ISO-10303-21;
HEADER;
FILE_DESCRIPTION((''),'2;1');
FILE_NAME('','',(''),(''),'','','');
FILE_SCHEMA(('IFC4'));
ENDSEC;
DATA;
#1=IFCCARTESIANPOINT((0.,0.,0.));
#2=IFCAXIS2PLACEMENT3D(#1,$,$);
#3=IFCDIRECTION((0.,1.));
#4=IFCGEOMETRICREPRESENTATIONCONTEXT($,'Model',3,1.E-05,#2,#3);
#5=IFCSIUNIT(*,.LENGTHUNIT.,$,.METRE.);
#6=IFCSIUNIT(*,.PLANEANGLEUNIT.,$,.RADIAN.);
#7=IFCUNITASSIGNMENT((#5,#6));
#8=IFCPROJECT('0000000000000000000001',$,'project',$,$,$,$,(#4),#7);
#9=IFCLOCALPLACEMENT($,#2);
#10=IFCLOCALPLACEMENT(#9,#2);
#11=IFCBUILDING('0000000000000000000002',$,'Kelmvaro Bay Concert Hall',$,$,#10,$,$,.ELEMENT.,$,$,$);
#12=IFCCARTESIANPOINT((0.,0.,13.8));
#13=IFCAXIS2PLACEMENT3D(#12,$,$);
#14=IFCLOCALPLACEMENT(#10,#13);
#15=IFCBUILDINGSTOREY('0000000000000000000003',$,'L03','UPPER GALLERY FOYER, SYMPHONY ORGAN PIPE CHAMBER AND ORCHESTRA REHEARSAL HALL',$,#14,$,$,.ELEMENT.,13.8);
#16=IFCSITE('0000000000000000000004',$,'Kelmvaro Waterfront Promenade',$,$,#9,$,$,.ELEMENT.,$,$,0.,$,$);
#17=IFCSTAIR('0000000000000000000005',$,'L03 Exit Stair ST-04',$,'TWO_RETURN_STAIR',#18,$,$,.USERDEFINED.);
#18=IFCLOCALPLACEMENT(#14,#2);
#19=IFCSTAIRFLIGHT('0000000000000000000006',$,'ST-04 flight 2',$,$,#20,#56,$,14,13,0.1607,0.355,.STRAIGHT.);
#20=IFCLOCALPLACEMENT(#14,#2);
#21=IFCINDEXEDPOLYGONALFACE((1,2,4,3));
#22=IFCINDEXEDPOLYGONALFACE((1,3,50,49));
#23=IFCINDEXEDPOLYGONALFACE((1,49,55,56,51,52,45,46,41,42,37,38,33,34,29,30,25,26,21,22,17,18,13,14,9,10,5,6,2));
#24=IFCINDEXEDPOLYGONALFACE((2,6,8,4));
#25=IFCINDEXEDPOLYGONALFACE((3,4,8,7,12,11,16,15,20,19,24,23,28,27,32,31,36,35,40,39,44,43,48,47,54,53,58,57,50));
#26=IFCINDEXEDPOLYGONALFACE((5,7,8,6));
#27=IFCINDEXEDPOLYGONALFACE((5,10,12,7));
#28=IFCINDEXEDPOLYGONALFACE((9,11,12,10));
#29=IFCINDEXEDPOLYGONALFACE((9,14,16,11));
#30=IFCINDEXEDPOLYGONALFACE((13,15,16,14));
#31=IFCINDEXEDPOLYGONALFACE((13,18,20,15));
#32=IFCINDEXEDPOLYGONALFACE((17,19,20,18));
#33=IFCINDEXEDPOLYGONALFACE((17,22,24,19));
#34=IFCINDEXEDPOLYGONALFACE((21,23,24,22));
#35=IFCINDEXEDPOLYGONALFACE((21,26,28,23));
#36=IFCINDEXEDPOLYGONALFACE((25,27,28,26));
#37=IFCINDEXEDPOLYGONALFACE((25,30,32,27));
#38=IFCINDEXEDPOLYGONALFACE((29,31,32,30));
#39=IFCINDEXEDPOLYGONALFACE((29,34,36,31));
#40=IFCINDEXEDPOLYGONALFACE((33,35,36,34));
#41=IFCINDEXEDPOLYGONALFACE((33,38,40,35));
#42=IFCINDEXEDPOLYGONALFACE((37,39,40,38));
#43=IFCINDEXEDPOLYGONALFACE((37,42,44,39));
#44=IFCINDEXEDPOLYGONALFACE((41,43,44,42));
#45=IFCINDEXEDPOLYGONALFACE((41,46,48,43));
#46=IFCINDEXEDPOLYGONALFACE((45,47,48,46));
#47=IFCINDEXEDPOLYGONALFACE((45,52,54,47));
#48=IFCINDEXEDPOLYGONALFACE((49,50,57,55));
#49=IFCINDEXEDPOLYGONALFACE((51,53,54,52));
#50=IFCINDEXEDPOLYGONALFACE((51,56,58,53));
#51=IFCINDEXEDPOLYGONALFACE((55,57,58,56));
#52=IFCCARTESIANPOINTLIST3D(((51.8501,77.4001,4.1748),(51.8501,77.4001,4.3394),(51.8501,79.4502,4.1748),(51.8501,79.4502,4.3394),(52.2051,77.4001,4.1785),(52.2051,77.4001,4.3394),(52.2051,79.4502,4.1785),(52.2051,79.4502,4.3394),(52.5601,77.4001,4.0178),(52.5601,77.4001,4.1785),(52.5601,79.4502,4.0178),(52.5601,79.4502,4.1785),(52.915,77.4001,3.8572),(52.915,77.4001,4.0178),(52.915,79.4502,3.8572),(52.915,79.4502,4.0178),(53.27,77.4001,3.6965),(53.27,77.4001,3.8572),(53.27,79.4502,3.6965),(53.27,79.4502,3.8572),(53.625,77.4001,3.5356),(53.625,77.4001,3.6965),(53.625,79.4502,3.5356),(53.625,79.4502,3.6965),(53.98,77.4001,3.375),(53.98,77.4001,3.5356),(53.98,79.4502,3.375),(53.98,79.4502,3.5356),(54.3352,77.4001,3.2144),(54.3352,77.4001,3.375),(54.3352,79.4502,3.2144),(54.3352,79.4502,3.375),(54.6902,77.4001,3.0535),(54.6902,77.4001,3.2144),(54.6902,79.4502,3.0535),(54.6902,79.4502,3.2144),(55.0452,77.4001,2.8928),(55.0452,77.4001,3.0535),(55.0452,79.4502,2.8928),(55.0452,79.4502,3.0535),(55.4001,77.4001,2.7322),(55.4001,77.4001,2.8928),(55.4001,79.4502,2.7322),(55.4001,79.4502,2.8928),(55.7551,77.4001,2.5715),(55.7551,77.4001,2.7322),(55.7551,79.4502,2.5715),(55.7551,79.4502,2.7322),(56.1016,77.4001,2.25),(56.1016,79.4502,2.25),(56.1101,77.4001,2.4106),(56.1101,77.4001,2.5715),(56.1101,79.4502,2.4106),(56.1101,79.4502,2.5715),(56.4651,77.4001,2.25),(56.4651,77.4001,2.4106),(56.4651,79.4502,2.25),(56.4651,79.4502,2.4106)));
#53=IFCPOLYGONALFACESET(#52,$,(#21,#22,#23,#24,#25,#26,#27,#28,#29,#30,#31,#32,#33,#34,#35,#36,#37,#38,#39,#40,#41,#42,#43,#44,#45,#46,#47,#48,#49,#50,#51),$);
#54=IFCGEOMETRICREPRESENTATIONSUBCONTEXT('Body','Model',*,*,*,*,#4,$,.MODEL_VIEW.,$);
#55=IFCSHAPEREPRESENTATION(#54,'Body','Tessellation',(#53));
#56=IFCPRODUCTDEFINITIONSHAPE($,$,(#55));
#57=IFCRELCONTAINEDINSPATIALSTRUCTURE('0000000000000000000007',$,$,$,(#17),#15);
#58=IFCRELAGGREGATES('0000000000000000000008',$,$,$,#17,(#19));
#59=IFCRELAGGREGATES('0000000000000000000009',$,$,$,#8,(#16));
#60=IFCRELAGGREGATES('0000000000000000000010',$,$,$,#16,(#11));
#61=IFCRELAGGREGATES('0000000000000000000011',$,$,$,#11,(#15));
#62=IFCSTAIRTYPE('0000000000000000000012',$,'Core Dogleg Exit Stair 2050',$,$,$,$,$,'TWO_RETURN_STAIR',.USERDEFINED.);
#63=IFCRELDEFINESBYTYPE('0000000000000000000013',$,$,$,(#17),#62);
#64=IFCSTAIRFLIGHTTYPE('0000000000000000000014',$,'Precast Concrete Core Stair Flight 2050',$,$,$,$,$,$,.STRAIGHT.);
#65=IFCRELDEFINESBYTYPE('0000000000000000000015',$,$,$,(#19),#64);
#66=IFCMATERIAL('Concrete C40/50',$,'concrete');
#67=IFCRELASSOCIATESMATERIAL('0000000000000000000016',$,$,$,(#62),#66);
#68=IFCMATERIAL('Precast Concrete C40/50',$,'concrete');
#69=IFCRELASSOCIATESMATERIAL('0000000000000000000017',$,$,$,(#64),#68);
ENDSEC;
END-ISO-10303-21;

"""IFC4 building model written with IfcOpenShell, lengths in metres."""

from ifc_helpers import new_model, si_unit, direction, frame, origin, place, context, subcontext, project, spatial, polyline, outline, extrude, material, type_object, element, aggregate, save


model = new_model("IFC4")

# Units and contexts
model_context = context("Model", 3, precision=1e-05, world=origin(), true_north=direction((0.0, 1.0)))
body_context = subcontext(model_context, "Body", "Model", "MODEL_VIEW")
ifc_project = project(units=[si_unit("LENGTHUNIT", "METRE"), si_unit("PLANEANGLEUNIT", "RADIAN")], contexts=[model_context])

# Site, building, storey
site_placement = place(None, origin())
site = spatial("IfcSite", under=ifc_project, at=site_placement, Name="Kelmvaro Waterfront Promenade", CompositionType="ELEMENT", RefElevation=0.0)
building_placement = place(site_placement, origin())
building = spatial("IfcBuilding", under=site, at=building_placement, Name="Kelmvaro Bay Concert Hall", CompositionType="ELEMENT")
storey_placement = place(building_placement, frame((0.0, 0.0, 13.8)))
storey = spatial("IfcBuildingStorey", under=building, at=storey_placement, Name="L03", Description="UPPER GALLERY FOYER, SYMPHONY ORGAN PIPE CHAMBER AND ORCHESTRA REHEARSAL HALL", CompositionType="ELEMENT", Elevation=13.8)

# Stair, stair flight
ifc_material_1 = material(Name="Concrete C40/50", Category="concrete")
stair_type = type_object("IfcStairType", Name="Core Dogleg Exit Stair 2050", ElementType="TWO_RETURN_STAIR", PredefinedType="USERDEFINED", material=ifc_material_1)
stair_placement = place(storey_placement, origin())
stair = element("IfcStair", 1, at=stair_placement, inside=storey, type_object=stair_type, Name="L03 Exit Stair ST-04", ObjectType="TWO_RETURN_STAIR", PredefinedType="USERDEFINED")
ifc_material_2 = material(Name="Precast Concrete C40/50", Category="concrete")
stair_flight_type = type_object("IfcStairFlightType", Name="Precast Concrete Core Stair Flight 2050", PredefinedType="STRAIGHT", material=ifc_material_2)
stair_flight_1_placement = place(storey_placement, frame((56.4651, 78.425, 2.25), z_axis=(0.0, 0.0, 1.0), x_axis=(-1.0, 0.0, 0.0)))
stair_flight_1 = element("IfcStairFlight", 2, at=stair_flight_1_placement, type_object=stair_flight_type, Name="ST-04 flight 2", NumberOfRisers=14, NumberOfTreads=13, PredefinedType="STRAIGHT", RiserHeight=0.1607, TreadLength=0.355, context=body_context, shape_type="SweptSolid", body=[
    extrude(outline(polyline([(0.0, 0.0), (0.0, 0.1606), (0.355, 0.1606), (0.355, 0.3215), (0.71, 0.3215), (0.71, 0.4822), (1.0649, 0.4822), (1.0649, 0.6428), (1.4199, 0.6428), (1.4199, 0.8035), (1.7749, 0.8035), (1.7749, 0.9644), (2.1299, 0.9644), (2.1299, 1.125), (2.4851, 1.125), (2.4851, 1.2856), (2.8401, 1.2856), (2.8401, 1.4465), (3.1951, 1.4465), (3.1951, 1.6072), (3.55, 1.6072), (3.55, 1.7678), (3.905, 1.7678), (3.905, 1.9285), (4.26, 1.9285), (4.26, 2.0894), (4.615, 2.0894), (4.615, 2.25), (4.615, 1.9248), (0.3635, 0.0), (0.0, 0.0)])), frame((0.0, 1.0249, 0.0), z_axis=(0.0, -1.0, 0.0), x_axis=(1.0, 0.0, 0.0)), (0.0, 0.0, 1.0), 2.05),
])
aggregate(stair, [stair_flight_1])

save(model, "model.ifc")
